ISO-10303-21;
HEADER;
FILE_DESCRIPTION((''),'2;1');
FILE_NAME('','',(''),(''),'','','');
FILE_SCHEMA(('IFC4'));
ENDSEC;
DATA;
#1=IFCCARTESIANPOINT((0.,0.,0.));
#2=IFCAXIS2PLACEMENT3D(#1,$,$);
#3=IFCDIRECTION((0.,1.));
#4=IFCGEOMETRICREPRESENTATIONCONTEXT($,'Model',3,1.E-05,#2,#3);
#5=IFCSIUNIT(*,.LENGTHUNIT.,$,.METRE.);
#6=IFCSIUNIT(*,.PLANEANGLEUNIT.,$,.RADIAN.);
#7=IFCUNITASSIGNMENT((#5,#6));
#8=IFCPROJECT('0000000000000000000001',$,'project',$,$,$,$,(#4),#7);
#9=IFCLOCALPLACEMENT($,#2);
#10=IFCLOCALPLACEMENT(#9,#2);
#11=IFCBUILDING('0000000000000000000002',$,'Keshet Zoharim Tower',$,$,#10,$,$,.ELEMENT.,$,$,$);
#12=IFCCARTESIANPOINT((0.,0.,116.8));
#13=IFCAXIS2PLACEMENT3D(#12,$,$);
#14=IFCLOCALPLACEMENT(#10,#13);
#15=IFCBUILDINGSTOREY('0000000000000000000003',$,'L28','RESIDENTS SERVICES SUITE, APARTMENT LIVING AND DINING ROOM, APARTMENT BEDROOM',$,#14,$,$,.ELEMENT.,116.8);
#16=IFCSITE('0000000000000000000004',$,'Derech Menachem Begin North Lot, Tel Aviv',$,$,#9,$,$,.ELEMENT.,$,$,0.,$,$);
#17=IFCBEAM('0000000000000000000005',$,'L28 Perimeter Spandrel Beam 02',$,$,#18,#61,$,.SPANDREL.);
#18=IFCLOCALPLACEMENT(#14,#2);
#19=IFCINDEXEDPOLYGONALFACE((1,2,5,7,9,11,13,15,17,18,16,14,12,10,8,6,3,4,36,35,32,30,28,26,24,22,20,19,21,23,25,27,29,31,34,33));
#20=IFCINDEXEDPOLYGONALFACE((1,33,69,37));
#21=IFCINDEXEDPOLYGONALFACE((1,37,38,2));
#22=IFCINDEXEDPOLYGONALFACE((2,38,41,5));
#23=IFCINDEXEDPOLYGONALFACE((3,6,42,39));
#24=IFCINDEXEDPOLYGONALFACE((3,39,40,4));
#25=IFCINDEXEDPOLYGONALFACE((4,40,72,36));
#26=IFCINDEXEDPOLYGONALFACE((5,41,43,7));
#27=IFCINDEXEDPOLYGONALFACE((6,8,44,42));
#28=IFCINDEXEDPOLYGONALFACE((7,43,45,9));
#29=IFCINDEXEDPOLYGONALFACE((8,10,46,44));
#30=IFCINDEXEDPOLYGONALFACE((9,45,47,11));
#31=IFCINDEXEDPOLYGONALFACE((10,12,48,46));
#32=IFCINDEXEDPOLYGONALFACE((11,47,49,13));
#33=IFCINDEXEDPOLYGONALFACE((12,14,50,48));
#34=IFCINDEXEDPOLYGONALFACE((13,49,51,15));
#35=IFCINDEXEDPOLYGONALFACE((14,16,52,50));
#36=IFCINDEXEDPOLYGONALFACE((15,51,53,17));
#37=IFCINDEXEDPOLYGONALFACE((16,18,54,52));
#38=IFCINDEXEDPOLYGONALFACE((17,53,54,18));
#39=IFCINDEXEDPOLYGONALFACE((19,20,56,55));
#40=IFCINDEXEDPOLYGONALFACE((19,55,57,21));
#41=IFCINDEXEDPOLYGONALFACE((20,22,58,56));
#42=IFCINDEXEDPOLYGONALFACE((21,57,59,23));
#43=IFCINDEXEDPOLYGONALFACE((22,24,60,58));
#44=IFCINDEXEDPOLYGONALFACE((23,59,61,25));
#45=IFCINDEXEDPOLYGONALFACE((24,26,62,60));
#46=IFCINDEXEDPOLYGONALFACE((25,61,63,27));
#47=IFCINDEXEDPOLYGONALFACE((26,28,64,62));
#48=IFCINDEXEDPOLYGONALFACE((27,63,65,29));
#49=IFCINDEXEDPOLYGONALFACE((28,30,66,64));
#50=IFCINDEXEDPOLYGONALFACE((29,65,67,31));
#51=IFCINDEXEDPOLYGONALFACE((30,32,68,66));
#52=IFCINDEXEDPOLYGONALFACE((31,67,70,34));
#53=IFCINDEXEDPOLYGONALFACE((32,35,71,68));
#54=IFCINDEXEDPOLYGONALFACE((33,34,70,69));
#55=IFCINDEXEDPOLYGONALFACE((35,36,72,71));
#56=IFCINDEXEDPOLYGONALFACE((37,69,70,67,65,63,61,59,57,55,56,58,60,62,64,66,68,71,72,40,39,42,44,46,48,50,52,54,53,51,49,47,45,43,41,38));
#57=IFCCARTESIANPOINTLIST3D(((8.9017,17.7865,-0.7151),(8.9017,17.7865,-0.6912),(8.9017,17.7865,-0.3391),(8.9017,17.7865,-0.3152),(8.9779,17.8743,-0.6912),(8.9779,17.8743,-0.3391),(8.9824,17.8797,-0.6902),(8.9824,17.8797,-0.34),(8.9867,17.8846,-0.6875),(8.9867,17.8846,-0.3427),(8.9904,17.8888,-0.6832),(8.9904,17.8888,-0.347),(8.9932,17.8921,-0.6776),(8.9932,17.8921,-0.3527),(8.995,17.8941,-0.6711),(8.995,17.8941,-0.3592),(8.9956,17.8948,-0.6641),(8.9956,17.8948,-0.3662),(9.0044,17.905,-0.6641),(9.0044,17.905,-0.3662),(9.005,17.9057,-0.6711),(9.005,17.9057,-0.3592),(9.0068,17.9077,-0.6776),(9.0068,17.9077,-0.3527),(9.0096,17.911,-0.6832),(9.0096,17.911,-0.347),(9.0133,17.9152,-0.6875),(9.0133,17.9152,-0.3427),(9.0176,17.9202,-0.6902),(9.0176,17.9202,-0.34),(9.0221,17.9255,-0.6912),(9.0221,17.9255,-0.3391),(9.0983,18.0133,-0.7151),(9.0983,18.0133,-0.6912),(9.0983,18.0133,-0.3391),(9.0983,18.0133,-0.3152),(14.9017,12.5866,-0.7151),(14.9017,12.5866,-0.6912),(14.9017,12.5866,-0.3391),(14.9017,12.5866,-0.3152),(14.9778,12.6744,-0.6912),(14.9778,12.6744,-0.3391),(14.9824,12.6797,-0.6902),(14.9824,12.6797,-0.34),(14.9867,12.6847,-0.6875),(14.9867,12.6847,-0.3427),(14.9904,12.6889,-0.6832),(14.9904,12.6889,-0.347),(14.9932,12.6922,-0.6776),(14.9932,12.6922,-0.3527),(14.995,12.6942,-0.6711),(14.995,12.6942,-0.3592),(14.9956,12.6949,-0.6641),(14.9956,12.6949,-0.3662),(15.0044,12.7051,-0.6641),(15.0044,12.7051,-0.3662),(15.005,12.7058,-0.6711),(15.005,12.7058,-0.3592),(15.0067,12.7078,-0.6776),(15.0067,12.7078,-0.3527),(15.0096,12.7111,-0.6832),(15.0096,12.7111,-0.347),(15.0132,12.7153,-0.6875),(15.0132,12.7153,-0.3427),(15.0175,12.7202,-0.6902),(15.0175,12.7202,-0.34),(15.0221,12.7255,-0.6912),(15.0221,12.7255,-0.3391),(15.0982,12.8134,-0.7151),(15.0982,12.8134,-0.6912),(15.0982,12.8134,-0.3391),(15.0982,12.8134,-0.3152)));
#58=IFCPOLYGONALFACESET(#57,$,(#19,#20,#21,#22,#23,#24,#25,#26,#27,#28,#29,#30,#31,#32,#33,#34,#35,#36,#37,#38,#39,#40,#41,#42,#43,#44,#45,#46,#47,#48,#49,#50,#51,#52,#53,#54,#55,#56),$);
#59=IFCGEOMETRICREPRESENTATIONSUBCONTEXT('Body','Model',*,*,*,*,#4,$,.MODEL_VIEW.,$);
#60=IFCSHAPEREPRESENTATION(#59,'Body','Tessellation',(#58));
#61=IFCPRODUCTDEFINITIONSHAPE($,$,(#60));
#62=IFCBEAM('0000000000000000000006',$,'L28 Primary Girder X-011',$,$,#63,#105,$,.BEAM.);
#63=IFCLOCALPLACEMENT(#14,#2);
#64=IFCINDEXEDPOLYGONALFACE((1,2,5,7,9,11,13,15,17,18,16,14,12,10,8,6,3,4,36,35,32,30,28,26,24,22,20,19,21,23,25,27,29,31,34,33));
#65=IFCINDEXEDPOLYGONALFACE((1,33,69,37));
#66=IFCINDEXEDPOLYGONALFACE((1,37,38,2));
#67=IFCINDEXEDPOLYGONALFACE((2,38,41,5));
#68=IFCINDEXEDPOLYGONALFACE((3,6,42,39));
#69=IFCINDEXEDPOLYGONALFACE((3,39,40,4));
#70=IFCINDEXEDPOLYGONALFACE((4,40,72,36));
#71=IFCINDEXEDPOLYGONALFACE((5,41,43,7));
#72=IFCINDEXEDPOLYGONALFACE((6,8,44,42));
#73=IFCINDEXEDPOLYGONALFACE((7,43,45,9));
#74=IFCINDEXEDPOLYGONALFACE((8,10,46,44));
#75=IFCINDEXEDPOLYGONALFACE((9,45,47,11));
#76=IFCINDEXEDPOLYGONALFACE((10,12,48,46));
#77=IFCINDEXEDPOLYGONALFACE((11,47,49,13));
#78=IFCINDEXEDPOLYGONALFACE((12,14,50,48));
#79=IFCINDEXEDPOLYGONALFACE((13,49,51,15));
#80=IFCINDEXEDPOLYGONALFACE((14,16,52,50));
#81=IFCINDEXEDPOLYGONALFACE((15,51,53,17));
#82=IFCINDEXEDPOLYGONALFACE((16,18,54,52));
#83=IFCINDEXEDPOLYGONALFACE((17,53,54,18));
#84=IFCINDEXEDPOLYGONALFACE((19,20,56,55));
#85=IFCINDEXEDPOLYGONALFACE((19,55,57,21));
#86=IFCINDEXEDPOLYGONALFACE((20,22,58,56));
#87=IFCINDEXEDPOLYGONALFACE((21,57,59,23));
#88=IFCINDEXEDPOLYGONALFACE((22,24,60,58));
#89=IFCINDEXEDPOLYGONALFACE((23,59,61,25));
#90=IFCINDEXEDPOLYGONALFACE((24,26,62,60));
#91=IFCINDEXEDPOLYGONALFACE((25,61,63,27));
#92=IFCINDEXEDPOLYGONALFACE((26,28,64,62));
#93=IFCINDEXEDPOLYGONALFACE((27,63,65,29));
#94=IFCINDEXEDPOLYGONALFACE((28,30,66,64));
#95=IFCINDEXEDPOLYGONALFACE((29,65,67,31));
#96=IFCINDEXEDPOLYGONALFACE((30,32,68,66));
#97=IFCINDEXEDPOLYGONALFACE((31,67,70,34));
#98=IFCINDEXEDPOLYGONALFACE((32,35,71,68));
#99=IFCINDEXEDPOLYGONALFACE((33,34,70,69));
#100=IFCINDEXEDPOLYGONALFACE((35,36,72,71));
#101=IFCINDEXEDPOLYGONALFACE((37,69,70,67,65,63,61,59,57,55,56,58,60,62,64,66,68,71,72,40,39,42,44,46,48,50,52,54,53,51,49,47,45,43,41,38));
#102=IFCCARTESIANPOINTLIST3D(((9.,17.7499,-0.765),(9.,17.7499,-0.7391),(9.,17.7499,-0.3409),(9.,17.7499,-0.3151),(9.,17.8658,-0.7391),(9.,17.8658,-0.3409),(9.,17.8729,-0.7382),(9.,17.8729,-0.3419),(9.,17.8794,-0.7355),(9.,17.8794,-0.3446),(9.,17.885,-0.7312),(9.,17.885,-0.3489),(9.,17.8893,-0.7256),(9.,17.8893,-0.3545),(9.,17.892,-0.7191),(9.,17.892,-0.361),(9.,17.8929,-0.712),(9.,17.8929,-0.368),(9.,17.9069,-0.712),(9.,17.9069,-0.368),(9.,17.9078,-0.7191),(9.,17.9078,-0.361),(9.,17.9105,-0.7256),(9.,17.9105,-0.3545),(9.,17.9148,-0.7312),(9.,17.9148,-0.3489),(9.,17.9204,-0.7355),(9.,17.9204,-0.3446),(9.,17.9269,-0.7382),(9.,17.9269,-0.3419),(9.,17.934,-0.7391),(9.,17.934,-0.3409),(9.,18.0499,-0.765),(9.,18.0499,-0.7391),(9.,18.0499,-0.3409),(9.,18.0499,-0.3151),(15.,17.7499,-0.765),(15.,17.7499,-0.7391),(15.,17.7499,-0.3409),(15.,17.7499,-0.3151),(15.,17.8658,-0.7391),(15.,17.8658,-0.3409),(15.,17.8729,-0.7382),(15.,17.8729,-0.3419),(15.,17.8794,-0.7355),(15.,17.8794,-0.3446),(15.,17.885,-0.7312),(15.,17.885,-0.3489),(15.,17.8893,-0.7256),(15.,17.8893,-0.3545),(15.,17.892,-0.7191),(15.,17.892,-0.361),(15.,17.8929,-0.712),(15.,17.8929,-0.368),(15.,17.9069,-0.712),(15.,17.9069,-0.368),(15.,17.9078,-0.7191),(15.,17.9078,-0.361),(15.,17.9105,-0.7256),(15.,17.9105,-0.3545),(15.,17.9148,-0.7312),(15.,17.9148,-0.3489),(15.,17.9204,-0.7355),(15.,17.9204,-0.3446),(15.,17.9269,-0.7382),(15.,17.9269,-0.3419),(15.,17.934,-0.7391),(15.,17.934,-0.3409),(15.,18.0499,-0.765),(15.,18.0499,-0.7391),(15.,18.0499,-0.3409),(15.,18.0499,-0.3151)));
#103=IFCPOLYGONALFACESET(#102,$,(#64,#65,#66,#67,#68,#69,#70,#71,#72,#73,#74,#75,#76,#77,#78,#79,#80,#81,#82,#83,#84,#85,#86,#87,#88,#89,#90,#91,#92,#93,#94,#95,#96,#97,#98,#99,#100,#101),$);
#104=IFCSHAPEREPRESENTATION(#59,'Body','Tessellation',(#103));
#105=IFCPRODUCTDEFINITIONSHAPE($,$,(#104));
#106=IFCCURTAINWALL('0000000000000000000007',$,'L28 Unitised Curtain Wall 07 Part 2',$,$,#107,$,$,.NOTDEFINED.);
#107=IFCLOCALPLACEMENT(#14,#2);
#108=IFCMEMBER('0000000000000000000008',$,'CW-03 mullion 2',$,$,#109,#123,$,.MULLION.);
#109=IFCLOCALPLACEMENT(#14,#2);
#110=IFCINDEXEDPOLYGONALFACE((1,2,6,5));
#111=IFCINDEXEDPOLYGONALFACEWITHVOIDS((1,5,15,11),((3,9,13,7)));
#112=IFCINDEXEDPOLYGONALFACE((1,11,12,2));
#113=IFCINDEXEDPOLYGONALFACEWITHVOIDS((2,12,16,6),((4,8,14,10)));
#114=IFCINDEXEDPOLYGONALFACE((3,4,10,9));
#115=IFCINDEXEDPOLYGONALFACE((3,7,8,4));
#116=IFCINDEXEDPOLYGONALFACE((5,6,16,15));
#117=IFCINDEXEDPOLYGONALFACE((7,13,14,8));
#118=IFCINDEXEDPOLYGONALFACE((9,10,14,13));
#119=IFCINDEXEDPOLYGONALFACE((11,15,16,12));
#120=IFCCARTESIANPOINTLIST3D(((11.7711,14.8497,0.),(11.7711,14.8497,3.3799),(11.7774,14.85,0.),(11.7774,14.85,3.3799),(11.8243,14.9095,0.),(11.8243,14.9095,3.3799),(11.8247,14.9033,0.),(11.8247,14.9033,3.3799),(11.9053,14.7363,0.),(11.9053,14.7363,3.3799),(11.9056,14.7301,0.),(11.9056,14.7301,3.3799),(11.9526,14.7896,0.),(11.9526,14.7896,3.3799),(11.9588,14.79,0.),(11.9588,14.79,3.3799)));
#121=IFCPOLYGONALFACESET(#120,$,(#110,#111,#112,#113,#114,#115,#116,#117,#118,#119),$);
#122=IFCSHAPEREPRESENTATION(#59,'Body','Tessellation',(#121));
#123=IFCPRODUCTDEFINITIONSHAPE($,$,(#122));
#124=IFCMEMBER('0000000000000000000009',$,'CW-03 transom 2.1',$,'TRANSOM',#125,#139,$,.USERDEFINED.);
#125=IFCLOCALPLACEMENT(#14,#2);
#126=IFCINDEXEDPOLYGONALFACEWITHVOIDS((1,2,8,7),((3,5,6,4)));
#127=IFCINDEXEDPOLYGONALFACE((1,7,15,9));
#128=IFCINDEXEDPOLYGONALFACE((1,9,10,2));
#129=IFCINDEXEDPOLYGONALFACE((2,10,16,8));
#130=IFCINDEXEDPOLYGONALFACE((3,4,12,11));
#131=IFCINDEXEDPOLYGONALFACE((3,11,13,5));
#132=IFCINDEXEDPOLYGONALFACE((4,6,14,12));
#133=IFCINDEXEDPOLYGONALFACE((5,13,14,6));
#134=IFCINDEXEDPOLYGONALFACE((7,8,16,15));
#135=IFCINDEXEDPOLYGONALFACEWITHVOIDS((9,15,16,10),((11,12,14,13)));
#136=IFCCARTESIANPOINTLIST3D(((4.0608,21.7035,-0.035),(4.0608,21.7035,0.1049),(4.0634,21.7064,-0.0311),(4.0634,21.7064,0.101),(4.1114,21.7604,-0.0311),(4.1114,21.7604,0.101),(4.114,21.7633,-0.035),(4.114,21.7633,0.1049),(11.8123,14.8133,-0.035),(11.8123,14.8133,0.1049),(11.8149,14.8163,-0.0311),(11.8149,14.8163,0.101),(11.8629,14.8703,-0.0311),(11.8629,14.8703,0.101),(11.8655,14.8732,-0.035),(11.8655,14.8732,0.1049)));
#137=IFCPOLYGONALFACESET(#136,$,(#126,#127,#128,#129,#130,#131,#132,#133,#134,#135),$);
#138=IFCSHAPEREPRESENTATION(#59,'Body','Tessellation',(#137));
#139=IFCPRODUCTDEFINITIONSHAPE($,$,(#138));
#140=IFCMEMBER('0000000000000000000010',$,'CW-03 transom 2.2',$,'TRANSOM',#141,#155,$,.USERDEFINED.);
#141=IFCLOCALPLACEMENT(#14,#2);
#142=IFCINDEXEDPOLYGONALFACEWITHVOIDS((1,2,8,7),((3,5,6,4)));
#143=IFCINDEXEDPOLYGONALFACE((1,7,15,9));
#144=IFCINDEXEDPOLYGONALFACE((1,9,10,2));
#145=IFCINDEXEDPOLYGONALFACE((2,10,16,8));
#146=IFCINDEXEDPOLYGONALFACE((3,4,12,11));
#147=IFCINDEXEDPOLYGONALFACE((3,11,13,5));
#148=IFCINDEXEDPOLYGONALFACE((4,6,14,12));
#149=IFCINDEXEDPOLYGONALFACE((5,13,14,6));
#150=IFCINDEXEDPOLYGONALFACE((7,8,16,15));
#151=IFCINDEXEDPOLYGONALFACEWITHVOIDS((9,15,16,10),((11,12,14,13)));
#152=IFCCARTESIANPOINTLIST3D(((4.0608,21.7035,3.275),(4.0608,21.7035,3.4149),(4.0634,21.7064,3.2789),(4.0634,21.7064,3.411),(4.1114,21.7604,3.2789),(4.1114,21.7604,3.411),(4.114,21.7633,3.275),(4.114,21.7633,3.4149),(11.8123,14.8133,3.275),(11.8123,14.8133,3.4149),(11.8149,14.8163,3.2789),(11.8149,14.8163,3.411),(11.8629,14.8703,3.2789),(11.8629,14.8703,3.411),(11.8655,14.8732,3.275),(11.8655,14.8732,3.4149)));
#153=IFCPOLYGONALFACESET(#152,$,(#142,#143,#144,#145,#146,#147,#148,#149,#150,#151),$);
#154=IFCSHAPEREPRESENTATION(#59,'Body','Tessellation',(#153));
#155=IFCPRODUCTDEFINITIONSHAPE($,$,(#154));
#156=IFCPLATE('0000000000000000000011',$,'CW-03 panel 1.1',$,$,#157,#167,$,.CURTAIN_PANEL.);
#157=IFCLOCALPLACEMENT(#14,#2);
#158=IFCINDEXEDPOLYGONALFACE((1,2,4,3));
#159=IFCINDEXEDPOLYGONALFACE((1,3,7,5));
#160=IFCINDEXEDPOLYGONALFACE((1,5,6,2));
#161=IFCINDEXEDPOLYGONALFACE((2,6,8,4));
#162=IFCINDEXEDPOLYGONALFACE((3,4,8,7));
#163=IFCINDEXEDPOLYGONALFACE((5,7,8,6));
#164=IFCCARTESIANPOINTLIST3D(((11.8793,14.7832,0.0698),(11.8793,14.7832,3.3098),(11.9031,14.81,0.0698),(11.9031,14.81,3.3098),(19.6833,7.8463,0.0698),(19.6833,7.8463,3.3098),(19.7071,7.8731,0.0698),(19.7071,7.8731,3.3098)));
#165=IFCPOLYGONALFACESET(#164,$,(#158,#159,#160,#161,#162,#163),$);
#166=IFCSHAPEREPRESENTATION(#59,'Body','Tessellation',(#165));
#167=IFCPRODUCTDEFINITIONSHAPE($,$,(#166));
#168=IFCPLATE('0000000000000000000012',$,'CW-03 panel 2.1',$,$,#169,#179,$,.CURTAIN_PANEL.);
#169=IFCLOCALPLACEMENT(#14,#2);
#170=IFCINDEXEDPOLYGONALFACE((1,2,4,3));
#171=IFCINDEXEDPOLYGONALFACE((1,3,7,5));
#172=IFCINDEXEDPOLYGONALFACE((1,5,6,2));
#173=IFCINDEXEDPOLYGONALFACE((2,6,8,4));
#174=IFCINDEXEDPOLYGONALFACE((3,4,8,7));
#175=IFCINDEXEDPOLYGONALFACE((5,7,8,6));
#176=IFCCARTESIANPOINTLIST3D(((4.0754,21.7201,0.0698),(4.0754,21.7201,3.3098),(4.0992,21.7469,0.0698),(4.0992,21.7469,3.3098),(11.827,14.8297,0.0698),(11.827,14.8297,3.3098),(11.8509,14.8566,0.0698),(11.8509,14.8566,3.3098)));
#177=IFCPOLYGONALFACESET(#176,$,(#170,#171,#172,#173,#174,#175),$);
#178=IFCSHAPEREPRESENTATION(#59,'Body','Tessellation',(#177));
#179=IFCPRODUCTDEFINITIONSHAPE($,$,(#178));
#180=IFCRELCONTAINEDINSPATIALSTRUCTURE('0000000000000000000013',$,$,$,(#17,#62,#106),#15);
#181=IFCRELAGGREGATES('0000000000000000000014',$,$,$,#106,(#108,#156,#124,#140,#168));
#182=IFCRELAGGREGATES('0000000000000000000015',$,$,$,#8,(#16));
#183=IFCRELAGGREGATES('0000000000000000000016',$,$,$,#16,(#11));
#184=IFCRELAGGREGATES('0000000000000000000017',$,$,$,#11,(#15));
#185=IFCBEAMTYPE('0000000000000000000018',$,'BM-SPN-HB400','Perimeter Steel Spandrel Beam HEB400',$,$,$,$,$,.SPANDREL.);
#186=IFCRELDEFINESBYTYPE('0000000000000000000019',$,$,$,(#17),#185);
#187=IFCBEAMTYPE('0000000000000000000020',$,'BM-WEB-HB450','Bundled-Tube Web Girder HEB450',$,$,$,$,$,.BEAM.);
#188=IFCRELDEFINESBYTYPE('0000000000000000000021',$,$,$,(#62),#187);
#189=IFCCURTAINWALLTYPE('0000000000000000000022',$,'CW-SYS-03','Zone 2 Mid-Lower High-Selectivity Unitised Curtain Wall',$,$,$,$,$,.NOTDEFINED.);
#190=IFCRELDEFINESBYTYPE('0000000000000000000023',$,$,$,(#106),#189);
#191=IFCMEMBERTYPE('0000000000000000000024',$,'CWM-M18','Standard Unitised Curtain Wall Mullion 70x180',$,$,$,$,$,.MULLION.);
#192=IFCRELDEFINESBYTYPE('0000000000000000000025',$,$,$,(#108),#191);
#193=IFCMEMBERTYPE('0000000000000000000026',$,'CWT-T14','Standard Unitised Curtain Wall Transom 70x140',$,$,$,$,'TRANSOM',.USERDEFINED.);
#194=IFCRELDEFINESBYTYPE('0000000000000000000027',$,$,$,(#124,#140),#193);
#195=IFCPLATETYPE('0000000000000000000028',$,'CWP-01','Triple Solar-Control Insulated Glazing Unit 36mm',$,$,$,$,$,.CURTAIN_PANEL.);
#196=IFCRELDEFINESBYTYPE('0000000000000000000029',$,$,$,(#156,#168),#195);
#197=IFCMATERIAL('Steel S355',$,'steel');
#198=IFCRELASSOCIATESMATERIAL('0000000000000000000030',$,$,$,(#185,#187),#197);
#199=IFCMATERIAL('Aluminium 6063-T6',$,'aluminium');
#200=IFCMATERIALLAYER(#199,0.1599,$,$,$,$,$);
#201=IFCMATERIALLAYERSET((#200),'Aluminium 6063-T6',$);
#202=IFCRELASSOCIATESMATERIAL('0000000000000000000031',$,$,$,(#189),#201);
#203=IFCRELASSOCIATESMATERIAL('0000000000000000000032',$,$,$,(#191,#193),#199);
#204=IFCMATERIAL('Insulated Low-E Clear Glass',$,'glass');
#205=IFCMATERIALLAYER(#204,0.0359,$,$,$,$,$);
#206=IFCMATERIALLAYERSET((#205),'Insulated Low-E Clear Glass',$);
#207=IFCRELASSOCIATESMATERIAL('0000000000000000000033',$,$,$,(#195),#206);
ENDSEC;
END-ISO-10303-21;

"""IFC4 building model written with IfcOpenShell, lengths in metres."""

from ifc_helpers import new_model, si_unit, direction, frame, origin, origin_2d, place, context, subcontext, project, spatial, rectangle, hollow_rectangle, i_section, extrude, material, layer, layer_set, material_profile, profile_set, type_object, element, aggregate, save


model = new_model("IFC4")

# Units and contexts
model_context = context("Model", 3, precision=1e-05, world=origin(), true_north=direction((0.0, 1.0)))
body_context = subcontext(model_context, "Body", "Model", "MODEL_VIEW")
ifc_project = project(units=[si_unit("LENGTHUNIT", "METRE"), si_unit("PLANEANGLEUNIT", "RADIAN")], contexts=[model_context])

# Site, building, storey
site_placement = place(None, origin())
site = spatial("IfcSite", under=ifc_project, at=site_placement, Name="Derech Menachem Begin North Lot, Tel Aviv", CompositionType="ELEMENT", RefElevation=0.0)
building_placement = place(site_placement, origin())
building = spatial("IfcBuilding", under=site, at=building_placement, Name="Keshet Zoharim Tower", CompositionType="ELEMENT")
storey_placement = place(building_placement, frame((0.0, 0.0, 116.8)))
storey = spatial("IfcBuildingStorey", under=building, at=storey_placement, Name="L28", Description="RESIDENTS SERVICES SUITE, APARTMENT LIVING AND DINING ROOM, APARTMENT BEDROOM", CompositionType="ELEMENT", Elevation=116.8)

# Shared definitions
ifc_material_1 = material(Name="Steel S355", Category="steel")

# Beams
ifc_material_profile_1 = material_profile(ifc_material_1, i_section(OverallWidth=0.3, OverallDepth=0.3999, WebThickness=0.0134, FlangeThickness=0.0239, FilletRadius=0.0271, at=origin_2d()), Name="HEB400")
ifc_profile_set_1 = profile_set([ifc_material_profile_1], Name="Steel S355")
beam_type_1 = type_object("IfcBeamType", Name="BM-SPN-HB400", Description="Perimeter Steel Spandrel Beam HEB400", PredefinedType="SPANDREL", material=ifc_profile_set_1)
beam_1_placement = place(storey_placement, frame((9.0, 17.8999, -0.5151), z_axis=(0.755692, -0.654927, 0.0), x_axis=(0.654927, 0.755692, 0.0)))
element("IfcBeam", 1, at=beam_1_placement, inside=storey, type_object=beam_type_1, Name="L28 Perimeter Spandrel Beam 02", PredefinedType="SPANDREL", context=body_context, shape_type="SweptSolid", body=[
    extrude(i_section(OverallWidth=0.3, OverallDepth=0.3999, WebThickness=0.0134, FlangeThickness=0.0239, FilletRadius=0.0271, at=origin_2d()), origin(), (0.0, 0.0, 1.0), 7.9397),
])
ifc_material_profile_2 = material_profile(ifc_material_1, i_section(OverallWidth=0.3, OverallDepth=0.45, WebThickness=0.0139, FlangeThickness=0.0259, FilletRadius=0.0271, at=origin_2d()), Name="HEB450")
ifc_profile_set_2 = profile_set([ifc_material_profile_2], Name="Steel S355")
beam_type_2 = type_object("IfcBeamType", Name="BM-WEB-HB450", Description="Bundled-Tube Web Girder HEB450", PredefinedType="BEAM", material=ifc_profile_set_2)
beam_2_placement = place(storey_placement, frame((9.0, 17.8999, -0.54), z_axis=(1.0, 0.0, 0.0), x_axis=(0.0, 1.0, 0.0)))
element("IfcBeam", 2, at=beam_2_placement, inside=storey, type_object=beam_type_2, Name="L28 Primary Girder X-011", PredefinedType="BEAM", context=body_context, shape_type="SweptSolid", body=[
    extrude(i_section(OverallWidth=0.3, OverallDepth=0.45, WebThickness=0.0139, FlangeThickness=0.0259, FilletRadius=0.0271, at=origin_2d()), origin(), (0.0, 0.0, 1.0), 6.0),
])

# Curtain wall, members, plates
ifc_material_2 = material(Name="Aluminium 6063-T6", Category="aluminium")
ifc_layer_1 = layer(ifc_material_2, 0.1599)
ifc_layer_set_1 = layer_set([ifc_layer_1], Name="Aluminium 6063-T6")
curtain_wall_type = type_object("IfcCurtainWallType", Name="CW-SYS-03", Description="Zone 2 Mid-Lower High-Selectivity Unitised Curtain Wall", PredefinedType="NOTDEFINED", material=ifc_layer_set_1)
curtain_wall_placement = place(storey_placement, origin())
curtain_wall = element("IfcCurtainWall", 3, at=curtain_wall_placement, inside=storey, type_object=curtain_wall_type, Name="L28 Unitised Curtain Wall 07 Part 2", PredefinedType="NOTDEFINED")
ifc_material_profile_3 = material_profile(ifc_material_2, hollow_rectangle(XDim=0.0801, YDim=0.1799, WallThickness=0.0044, at=origin_2d()), Name="MUL-80x180")
ifc_profile_set_3 = profile_set([ifc_material_profile_3], Name="Aluminium 6063-T6")
member_type_1 = type_object("IfcMemberType", Name="CWM-M18", Description="Standard Unitised Curtain Wall Mullion 70x180", PredefinedType="MULLION", material=ifc_profile_set_3)
member_1_placement = place(storey_placement, frame((11.865, 14.8198, 0.0), z_axis=(0.0, 0.0, 1.0), x_axis=(-0.664364, -0.747409, 0.0)))
member_1 = element("IfcMember", 4, at=member_1_placement, type_object=member_type_1, Name="CW-03 mullion 2", PredefinedType="MULLION", context=body_context, shape_type="SweptSolid", body=[
    extrude(hollow_rectangle(XDim=0.0801, YDim=0.1799, WallThickness=0.0044, at=origin_2d()), origin(), (0.0, 0.0, 1.0), 3.3799),
])
ifc_material_profile_4 = material_profile(ifc_material_2, hollow_rectangle(XDim=0.0801, YDim=0.1399, WallThickness=0.0039, at=origin_2d()), Name="TRN-80x140")
ifc_profile_set_4 = profile_set([ifc_material_profile_4], Name="Aluminium 6063-T6")
member_type_2 = type_object("IfcMemberType", Name="CWT-T14", Description="Standard Unitised Curtain Wall Transom 70x140", ElementType="TRANSOM", PredefinedType="USERDEFINED", material=ifc_profile_set_4)
member_2_placement = place(storey_placement, frame((11.8389, 14.8433, 0.0349), z_axis=(-0.747412, 0.664361, 0.0), x_axis=(-0.664361, -0.747412, 0.0)))
member_2 = element("IfcMember", 5, at=member_2_placement, type_object=member_type_2, Name="CW-03 transom 2.1", ObjectType="TRANSOM", PredefinedType="USERDEFINED", context=body_context, shape_type="SweptSolid", body=[
    extrude(hollow_rectangle(XDim=0.0801, YDim=0.1399, WallThickness=0.0039, at=origin_2d()), origin(), (0.0, 0.0, 1.0), 10.3711),
])
member_3_placement = place(storey_placement, frame((11.8389, 14.8433, 3.345), z_axis=(-0.747412, 0.664361, 0.0), x_axis=(-0.664361, -0.747412, 0.0)))
member_3 = element("IfcMember", 6, at=member_3_placement, type_object=member_type_2, Name="CW-03 transom 2.2", ObjectType="TRANSOM", PredefinedType="USERDEFINED", context=body_context, shape_type="SweptSolid", body=[
    extrude(hollow_rectangle(XDim=0.0801, YDim=0.1399, WallThickness=0.0039, at=origin_2d()), origin(), (0.0, 0.0, 1.0), 10.3711),
])
ifc_material_3 = material(Name="Insulated Low-E Clear Glass", Category="glass")
ifc_layer_2 = layer(ifc_material_3, 0.0359)
ifc_layer_set_2 = layer_set([ifc_layer_2], Name="Insulated Low-E Clear Glass")
plate_type = type_object("IfcPlateType", Name="CWP-01", Description="Triple Solar-Control Insulated Glazing Unit 36mm", PredefinedType="CURTAIN_PANEL", material=ifc_layer_set_2)
plate_1_placement = place(storey_placement, frame((15.7932, 11.3281, 0.0698), z_axis=(0.0, 0.0, 1.0), x_axis=(-0.747409, 0.664364, 0.0)))
plate_1 = element("IfcPlate", 7, at=plate_1_placement, type_object=plate_type, Name="CW-03 panel 1.1", PredefinedType="CURTAIN_PANEL", context=body_context, shape_type="SweptSolid", body=[
    extrude(rectangle(XDim=10.4414, YDim=0.0359, at=origin_2d()), origin(), (0.0, 0.0, 1.0), 3.24),
])
plate_2_placement = place(storey_placement, frame((7.9631, 18.2883, 0.0698), z_axis=(0.0, 0.0, 1.0), x_axis=(-0.747409, 0.664364, 0.0)))
plate_2 = element("IfcPlate", 8, at=plate_2_placement, type_object=plate_type, Name="CW-03 panel 2.1", PredefinedType="CURTAIN_PANEL", context=body_context, shape_type="SweptSolid", body=[
    extrude(rectangle(XDim=10.3713, YDim=0.0359, at=origin_2d()), origin(), (0.0, 0.0, 1.0), 3.24),
])
aggregate(curtain_wall, [member_1, plate_1, member_2, member_3, plate_2])

save(model, "model.ifc")
